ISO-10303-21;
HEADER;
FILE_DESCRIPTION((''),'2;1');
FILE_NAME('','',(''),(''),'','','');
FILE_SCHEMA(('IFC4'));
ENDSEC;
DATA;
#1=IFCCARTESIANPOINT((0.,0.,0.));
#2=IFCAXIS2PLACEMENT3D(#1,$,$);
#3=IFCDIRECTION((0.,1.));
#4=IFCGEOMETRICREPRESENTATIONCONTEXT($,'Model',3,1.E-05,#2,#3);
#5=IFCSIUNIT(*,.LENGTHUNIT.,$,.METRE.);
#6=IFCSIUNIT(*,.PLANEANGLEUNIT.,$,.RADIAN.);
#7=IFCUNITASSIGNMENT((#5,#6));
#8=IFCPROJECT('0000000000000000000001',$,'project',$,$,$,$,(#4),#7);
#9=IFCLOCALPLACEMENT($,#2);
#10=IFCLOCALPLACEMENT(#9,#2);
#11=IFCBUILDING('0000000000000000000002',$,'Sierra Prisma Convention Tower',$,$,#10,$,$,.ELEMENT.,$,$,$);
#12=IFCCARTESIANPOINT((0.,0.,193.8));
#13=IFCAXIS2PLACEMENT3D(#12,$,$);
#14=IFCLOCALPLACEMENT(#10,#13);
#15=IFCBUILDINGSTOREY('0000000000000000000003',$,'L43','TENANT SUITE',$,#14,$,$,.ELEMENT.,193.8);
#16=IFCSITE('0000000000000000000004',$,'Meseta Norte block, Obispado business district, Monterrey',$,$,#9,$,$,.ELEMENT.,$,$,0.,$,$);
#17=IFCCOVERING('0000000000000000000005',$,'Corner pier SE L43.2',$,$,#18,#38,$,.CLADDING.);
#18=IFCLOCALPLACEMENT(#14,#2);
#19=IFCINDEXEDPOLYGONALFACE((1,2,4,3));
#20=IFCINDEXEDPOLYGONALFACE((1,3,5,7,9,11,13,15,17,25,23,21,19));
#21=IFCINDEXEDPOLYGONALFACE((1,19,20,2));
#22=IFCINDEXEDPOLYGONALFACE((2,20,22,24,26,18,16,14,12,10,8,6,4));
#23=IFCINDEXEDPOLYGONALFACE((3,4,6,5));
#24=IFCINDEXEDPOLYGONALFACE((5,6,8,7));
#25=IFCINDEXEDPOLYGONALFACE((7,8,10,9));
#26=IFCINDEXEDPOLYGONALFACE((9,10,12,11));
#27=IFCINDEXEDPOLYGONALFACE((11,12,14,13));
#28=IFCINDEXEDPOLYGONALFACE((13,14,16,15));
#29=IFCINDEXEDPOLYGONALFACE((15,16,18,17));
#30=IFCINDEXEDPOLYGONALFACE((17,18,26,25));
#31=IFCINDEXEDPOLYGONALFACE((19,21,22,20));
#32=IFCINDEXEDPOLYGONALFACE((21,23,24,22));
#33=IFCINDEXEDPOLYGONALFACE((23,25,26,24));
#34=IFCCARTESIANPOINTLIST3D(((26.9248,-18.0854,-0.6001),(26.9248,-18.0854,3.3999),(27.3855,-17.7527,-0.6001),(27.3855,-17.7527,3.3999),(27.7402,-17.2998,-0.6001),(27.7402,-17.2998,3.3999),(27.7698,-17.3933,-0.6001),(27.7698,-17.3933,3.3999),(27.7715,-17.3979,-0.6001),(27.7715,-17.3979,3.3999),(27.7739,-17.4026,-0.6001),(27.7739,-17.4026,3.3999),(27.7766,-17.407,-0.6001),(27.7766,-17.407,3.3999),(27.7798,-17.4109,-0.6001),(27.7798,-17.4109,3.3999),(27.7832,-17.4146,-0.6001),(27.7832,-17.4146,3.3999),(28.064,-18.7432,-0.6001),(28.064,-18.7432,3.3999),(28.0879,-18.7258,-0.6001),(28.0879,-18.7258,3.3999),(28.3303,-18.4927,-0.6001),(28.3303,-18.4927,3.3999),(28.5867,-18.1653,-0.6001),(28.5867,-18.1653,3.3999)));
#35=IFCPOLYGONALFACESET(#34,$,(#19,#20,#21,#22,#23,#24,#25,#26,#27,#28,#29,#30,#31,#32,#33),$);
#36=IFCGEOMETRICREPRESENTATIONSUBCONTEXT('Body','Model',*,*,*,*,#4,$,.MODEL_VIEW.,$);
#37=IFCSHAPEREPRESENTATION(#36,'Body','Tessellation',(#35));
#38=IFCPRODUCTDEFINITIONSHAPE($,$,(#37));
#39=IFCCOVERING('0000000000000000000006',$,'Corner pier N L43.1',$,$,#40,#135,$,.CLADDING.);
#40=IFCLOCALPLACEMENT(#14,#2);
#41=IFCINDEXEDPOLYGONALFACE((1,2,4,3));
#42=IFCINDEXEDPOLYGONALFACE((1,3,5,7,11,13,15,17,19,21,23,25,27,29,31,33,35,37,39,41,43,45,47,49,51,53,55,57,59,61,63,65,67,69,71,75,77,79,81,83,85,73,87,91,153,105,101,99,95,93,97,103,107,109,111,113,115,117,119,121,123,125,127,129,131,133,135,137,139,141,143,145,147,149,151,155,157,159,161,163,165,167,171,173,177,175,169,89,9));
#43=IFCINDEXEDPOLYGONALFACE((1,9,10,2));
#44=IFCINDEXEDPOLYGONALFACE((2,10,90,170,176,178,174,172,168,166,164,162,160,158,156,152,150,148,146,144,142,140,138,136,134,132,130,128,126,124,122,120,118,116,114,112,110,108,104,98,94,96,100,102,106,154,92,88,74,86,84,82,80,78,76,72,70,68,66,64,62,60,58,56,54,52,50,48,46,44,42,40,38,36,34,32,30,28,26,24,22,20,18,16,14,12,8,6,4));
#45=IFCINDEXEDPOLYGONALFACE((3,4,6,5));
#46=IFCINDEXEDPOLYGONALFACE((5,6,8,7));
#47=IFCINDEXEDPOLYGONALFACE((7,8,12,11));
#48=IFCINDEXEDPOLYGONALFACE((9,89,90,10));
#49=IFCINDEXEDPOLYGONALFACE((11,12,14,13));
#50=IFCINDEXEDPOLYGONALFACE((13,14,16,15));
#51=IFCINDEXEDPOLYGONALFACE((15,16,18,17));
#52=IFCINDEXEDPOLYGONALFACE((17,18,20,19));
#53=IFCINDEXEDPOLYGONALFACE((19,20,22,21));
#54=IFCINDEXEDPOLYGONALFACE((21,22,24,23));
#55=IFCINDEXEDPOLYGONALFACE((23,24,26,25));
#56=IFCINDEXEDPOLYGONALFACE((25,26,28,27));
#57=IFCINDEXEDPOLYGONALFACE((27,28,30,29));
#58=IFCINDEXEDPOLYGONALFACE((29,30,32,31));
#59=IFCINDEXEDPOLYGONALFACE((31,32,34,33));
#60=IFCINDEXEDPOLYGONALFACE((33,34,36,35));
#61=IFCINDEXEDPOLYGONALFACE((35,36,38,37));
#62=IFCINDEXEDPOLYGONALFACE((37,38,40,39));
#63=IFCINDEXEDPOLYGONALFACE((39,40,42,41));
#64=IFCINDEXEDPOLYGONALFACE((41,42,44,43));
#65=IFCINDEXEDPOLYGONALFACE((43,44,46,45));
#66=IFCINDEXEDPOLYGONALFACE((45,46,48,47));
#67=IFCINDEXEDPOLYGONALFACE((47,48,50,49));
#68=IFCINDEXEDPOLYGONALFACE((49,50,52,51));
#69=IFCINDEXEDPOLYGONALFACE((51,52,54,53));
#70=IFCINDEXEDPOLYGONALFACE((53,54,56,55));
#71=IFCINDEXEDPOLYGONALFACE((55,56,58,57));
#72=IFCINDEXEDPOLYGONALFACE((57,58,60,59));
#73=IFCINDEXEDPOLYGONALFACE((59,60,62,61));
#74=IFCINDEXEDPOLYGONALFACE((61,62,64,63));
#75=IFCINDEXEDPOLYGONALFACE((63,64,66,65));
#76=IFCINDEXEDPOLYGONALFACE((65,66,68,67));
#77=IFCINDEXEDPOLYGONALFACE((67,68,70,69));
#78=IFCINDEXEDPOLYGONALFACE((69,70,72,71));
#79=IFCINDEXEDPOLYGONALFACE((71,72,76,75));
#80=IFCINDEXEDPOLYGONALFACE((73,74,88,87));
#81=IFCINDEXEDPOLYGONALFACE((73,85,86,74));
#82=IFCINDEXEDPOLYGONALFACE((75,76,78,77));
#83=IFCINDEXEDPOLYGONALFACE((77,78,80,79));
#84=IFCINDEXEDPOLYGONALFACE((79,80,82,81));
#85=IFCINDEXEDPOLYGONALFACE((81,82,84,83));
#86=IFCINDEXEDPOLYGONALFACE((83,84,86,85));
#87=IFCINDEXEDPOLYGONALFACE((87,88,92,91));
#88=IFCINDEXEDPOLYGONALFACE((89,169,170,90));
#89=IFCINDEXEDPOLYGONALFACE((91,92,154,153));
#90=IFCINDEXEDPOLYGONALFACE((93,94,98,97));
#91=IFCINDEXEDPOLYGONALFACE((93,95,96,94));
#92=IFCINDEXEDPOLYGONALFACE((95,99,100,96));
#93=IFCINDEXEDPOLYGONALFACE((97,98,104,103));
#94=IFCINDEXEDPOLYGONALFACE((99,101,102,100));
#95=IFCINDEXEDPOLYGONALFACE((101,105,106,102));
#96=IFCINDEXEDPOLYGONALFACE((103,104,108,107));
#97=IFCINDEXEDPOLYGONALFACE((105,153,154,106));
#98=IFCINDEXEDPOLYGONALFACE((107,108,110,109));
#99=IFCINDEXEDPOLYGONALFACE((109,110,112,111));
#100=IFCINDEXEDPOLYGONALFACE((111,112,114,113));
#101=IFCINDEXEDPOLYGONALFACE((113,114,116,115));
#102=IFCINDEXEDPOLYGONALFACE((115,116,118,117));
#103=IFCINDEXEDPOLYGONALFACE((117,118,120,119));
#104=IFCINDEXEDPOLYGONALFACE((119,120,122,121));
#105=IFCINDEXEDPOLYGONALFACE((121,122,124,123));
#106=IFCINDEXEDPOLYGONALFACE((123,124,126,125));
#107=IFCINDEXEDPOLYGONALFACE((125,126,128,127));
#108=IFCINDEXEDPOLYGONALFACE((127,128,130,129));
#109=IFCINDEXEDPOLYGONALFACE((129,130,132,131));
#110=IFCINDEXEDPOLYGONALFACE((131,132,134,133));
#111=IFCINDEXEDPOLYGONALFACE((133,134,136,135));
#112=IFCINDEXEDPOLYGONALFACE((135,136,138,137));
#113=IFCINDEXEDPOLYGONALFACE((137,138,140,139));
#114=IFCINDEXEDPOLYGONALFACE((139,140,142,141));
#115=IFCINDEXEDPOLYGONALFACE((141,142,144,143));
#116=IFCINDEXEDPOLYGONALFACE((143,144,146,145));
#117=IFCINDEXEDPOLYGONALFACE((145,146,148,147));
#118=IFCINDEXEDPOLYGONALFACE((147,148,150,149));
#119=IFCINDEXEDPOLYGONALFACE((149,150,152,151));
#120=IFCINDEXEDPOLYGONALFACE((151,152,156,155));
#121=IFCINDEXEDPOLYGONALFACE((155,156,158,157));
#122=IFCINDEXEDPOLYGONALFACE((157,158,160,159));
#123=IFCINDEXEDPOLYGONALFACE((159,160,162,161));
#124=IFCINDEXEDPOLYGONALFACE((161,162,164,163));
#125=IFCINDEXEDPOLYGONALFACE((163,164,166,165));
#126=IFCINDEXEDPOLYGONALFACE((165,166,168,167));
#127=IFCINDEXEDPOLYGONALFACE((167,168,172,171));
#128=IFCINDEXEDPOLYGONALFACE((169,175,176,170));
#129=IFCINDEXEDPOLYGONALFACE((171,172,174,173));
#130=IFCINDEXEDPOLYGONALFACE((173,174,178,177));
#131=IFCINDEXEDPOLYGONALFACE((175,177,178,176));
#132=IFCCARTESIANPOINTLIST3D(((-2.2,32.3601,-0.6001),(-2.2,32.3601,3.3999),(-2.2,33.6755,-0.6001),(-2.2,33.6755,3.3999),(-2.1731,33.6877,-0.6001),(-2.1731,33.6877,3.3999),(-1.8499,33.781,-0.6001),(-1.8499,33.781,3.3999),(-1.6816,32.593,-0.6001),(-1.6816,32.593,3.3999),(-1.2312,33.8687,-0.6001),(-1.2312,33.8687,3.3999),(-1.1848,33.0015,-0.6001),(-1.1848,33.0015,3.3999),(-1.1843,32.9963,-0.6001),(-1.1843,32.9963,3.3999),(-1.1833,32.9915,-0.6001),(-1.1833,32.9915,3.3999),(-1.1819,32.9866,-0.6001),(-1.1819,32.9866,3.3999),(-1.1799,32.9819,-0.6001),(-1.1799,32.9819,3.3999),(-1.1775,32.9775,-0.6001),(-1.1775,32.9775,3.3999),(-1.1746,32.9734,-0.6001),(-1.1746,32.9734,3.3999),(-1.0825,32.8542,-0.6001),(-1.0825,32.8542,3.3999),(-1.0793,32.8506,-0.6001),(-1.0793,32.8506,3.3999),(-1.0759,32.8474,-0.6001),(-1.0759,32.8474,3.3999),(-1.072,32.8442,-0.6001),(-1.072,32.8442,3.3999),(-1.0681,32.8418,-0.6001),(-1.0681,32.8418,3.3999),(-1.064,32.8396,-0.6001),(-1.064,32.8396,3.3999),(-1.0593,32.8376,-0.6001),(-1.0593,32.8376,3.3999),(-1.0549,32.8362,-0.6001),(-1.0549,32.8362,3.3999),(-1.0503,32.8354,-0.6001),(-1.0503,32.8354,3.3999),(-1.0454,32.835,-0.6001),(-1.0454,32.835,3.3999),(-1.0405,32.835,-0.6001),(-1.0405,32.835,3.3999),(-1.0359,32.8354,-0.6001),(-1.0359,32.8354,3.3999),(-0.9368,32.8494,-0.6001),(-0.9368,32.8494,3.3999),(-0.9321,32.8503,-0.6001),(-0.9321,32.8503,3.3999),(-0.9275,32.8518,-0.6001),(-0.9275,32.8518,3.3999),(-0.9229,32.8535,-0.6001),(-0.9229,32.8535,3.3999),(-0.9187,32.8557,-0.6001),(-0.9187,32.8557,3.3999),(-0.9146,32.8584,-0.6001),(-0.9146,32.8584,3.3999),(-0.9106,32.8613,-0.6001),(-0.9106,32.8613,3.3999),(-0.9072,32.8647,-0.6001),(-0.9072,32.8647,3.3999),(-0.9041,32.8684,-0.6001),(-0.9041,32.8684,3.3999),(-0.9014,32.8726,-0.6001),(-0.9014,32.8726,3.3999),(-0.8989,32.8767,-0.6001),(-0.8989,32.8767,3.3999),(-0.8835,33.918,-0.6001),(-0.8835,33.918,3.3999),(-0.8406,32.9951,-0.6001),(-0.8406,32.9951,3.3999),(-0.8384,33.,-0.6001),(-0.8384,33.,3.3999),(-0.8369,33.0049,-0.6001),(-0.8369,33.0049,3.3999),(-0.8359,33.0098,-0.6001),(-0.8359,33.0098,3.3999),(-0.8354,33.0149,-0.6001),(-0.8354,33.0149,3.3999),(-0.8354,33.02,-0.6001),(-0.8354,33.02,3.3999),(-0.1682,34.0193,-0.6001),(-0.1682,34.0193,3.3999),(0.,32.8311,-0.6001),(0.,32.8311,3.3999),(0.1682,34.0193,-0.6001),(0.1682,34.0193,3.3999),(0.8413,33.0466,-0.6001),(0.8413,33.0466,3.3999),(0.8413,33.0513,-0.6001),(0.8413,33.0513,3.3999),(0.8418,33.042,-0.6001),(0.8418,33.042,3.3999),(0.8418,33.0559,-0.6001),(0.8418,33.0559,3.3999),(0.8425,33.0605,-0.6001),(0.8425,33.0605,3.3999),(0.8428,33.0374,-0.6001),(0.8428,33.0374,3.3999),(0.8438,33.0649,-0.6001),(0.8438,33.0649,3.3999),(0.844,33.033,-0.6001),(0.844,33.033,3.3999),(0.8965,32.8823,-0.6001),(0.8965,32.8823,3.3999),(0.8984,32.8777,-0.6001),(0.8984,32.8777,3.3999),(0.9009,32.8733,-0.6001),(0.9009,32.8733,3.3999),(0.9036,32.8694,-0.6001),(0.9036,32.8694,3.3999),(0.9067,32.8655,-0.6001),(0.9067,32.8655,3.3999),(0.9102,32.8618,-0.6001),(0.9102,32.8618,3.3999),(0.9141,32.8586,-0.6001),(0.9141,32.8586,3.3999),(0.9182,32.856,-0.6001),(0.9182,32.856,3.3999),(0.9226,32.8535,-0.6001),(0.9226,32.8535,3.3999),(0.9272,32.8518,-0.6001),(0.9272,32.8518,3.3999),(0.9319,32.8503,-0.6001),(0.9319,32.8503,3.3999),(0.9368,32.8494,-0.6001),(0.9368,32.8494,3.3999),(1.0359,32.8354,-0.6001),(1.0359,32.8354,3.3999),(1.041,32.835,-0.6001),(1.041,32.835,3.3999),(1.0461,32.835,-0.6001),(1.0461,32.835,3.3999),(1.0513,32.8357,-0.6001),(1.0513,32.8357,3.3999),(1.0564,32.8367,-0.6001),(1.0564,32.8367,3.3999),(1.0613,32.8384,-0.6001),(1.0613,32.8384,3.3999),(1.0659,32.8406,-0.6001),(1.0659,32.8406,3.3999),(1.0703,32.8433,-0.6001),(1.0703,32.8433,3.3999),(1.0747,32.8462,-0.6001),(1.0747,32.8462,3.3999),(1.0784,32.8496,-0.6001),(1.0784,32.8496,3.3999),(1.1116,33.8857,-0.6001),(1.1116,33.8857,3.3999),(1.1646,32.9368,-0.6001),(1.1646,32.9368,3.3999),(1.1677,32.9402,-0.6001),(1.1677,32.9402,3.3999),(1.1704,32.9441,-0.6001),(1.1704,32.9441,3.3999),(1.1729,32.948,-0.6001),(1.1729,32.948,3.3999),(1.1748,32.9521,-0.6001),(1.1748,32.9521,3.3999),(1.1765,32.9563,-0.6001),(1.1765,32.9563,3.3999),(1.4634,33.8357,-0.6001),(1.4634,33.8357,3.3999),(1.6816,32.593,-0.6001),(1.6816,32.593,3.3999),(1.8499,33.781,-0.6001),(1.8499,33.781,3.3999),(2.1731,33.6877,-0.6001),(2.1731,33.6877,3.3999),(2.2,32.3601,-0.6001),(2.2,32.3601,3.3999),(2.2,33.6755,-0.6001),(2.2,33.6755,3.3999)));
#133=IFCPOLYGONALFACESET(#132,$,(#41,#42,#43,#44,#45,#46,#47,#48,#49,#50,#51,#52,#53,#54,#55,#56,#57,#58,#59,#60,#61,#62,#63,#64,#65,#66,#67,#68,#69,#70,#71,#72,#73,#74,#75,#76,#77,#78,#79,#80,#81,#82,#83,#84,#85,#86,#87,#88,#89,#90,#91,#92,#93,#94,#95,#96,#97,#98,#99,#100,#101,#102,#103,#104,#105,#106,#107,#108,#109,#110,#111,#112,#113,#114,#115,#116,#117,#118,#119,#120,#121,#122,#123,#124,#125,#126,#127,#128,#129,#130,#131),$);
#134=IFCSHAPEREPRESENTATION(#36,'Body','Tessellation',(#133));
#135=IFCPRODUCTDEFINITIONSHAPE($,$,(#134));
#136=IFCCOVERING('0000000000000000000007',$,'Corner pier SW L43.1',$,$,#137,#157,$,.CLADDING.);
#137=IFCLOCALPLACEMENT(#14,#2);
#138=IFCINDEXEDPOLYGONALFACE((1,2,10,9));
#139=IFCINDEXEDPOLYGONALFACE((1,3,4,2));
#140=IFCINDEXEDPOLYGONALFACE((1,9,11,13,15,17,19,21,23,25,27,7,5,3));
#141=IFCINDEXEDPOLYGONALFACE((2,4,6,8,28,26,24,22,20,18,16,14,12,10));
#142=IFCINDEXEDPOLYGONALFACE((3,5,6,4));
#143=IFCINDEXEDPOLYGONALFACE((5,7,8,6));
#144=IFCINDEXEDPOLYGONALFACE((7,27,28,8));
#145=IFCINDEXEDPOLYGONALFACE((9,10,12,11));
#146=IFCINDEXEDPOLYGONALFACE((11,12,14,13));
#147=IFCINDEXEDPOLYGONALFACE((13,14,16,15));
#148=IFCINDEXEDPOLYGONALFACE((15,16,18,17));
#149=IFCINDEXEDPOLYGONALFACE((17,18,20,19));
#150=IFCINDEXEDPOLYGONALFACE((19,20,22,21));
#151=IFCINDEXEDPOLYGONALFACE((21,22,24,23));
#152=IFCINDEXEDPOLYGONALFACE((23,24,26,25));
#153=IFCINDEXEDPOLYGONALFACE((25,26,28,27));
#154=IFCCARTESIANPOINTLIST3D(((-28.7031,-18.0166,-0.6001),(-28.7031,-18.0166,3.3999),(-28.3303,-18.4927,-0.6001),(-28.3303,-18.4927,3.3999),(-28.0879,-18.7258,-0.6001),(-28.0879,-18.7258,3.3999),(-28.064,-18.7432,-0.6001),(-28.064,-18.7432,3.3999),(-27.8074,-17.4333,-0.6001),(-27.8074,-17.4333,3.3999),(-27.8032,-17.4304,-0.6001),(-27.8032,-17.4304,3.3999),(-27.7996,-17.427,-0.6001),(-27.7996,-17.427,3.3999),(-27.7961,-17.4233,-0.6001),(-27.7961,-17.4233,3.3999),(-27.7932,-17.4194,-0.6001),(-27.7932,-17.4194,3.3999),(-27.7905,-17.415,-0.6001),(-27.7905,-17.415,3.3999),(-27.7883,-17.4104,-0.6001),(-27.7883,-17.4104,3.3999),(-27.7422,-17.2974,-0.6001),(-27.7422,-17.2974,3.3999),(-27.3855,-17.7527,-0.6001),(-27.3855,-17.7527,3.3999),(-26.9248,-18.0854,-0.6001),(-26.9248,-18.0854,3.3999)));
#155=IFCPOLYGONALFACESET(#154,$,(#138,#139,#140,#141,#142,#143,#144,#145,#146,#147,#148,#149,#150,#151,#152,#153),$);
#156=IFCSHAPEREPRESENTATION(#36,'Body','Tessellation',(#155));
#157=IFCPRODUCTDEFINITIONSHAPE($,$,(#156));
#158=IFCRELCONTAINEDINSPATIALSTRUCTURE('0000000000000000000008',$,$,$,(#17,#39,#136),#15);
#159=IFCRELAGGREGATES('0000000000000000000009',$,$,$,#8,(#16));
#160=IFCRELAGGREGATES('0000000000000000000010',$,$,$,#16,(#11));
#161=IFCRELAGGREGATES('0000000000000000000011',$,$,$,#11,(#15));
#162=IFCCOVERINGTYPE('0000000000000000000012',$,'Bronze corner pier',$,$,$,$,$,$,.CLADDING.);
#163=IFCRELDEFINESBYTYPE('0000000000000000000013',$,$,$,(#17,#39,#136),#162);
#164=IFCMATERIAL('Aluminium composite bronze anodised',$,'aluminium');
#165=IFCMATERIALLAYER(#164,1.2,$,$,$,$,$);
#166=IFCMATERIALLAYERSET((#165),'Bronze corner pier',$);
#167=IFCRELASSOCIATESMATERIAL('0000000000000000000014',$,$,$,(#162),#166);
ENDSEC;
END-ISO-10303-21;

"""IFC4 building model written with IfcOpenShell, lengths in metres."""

from ifc_helpers import new_model, si_unit, direction, frame, origin, place, context, subcontext, project, spatial, polyline, outline, extrude, material, layer, layer_set, type_object, element, save


model = new_model("IFC4")

# Units and contexts
model_context = context("Model", 3, precision=1e-05, world=origin(), true_north=direction((0.0, 1.0)))
body_context = subcontext(model_context, "Body", "Model", "MODEL_VIEW")
ifc_project = project(units=[si_unit("LENGTHUNIT", "METRE"), si_unit("PLANEANGLEUNIT", "RADIAN")], contexts=[model_context])

# Site, building, storey
site_placement = place(None, origin())
site = spatial("IfcSite", under=ifc_project, at=site_placement, Name="Meseta Norte block, Obispado business district, Monterrey", CompositionType="ELEMENT", RefElevation=0.0)
building_placement = place(site_placement, origin())
building = spatial("IfcBuilding", under=site, at=building_placement, Name="Sierra Prisma Convention Tower", CompositionType="ELEMENT")
storey_placement = place(building_placement, frame((0.0, 0.0, 193.8)))
storey = spatial("IfcBuildingStorey", under=building, at=storey_placement, Name="L43", Description="TENANT SUITE", CompositionType="ELEMENT", Elevation=193.8)

# Coverings
ifc_material_1 = material(Name="Aluminium composite bronze anodised", Category="aluminium")
ifc_layer_1 = layer(ifc_material_1, 1.2)
ifc_layer_set_1 = layer_set([ifc_layer_1], Name="Bronze corner pier")
covering_type_1 = type_object("IfcCoveringType", Name="Bronze corner pier", PredefinedType="CLADDING", material=ifc_layer_set_1)
covering_1_placement = place(storey_placement, frame((0.0, 0.0, -0.6001)))
element("IfcCovering", 1, at=covering_1_placement, inside=storey, type_object=covering_type_1, Name="Corner pier SE L43.2", PredefinedType="CLADDING", context=body_context, shape_type="SweptSolid", body=[
    extrude(outline(polyline([(27.7798, -17.4109), (27.7832, -17.4146), (28.5867, -18.1653), (28.3303, -18.4927), (28.0879, -18.7258), (28.064, -18.7432), (26.9248, -18.0854), (27.3855, -17.7527), (27.7402, -17.2998), (27.7698, -17.3933), (27.7715, -17.3979), (27.7739, -17.4026), (27.7766, -17.407), (27.7798, -17.4109)])), origin(), (0.0, 0.0, 1.0), 4.0),
])
covering_2_placement = place(storey_placement, frame((0.0, 0.0, -0.6001)))
element("IfcCovering", 2, at=covering_2_placement, inside=storey, type_object=covering_type_1, Name="Corner pier N L43.1", PredefinedType="CLADDING", context=body_context, shape_type="SweptSolid", body=[
    extrude(outline(polyline([(-1.072, 32.8442), (-1.0681, 32.8418), (-1.064, 32.8396), (-1.0593, 32.8376), (-1.0549, 32.8362), (-1.0503, 32.8354), (-1.0454, 32.835), (-1.0405, 32.835), (-1.0359, 32.8354), (-0.9368, 32.8494), (-0.9321, 32.8503), (-0.9275, 32.8518), (-0.9229, 32.8535), (-0.9187, 32.8557), (-0.9146, 32.8584), (-0.9106, 32.8613), (-0.9072, 32.8647), (-0.9041, 32.8684), (-0.9014, 32.8726), (-0.8989, 32.8767), (-0.8406, 32.9951), (-0.8384, 33.0), (-0.8369, 33.0049), (-0.8359, 33.0098), (-0.8354, 33.0149), (-0.8354, 33.02), (-0.8835, 33.918), (-0.1682, 34.0193), (0.1682, 34.0193), (1.1116, 33.8857), (0.8438, 33.0649), (0.8425, 33.0605), (0.8418, 33.0559), (0.8413, 33.0513), (0.8413, 33.0466), (0.8418, 33.042), (0.8428, 33.0374), (0.844, 33.033), (0.8965, 32.8823), (0.8984, 32.8777), (0.9009, 32.8733), (0.9036, 32.8694), (0.9067, 32.8655), (0.9102, 32.8618), (0.9141, 32.8586), (0.9182, 32.856), (0.9226, 32.8535), (0.9272, 32.8518), (0.9319, 32.8503), (0.9368, 32.8494), (1.0359, 32.8354), (1.041, 32.835), (1.0461, 32.835), (1.0513, 32.8357), (1.0564, 32.8367), (1.0613, 32.8384), (1.0659, 32.8406), (1.0703, 32.8433), (1.0747, 32.8462), (1.0784, 32.8496), (1.1646, 32.9368), (1.1677, 32.9402), (1.1704, 32.9441), (1.1729, 32.948), (1.1748, 32.9521), (1.1765, 32.9563), (1.4634, 33.8357), (1.8499, 33.781), (2.1731, 33.6877), (2.2, 33.6755), (2.2, 32.3601), (1.6816, 32.593), (0.0, 32.8311), (-1.6816, 32.593), (-2.2, 32.3601), (-2.2, 33.6755), (-2.1731, 33.6877), (-1.8499, 33.781), (-1.2312, 33.8687), (-1.1848, 33.0015), (-1.1843, 32.9963), (-1.1833, 32.9915), (-1.1819, 32.9866), (-1.1799, 32.9819), (-1.1775, 32.9775), (-1.1746, 32.9734), (-1.0825, 32.8542), (-1.0793, 32.8506), (-1.0759, 32.8474), (-1.072, 32.8442)])), origin(), (0.0, 0.0, 1.0), 4.0),
])
covering_3_placement = place(storey_placement, frame((0.0, 0.0, -0.6001)))
element("IfcCovering", 3, at=covering_3_placement, inside=storey, type_object=covering_type_1, Name="Corner pier SW L43.1", PredefinedType="CLADDING", context=body_context, shape_type="SweptSolid", body=[
    extrude(outline(polyline([(-28.0879, -18.7258), (-28.3303, -18.4927), (-28.7031, -18.0166), (-27.8074, -17.4333), (-27.8032, -17.4304), (-27.7996, -17.427), (-27.7961, -17.4233), (-27.7932, -17.4194), (-27.7905, -17.415), (-27.7883, -17.4104), (-27.7422, -17.2974), (-27.3855, -17.7527), (-26.9248, -18.0854), (-28.064, -18.7432), (-28.0879, -18.7258)])), origin(), (0.0, 0.0, 1.0), 4.0),
])

save(model, "model.ifc")
